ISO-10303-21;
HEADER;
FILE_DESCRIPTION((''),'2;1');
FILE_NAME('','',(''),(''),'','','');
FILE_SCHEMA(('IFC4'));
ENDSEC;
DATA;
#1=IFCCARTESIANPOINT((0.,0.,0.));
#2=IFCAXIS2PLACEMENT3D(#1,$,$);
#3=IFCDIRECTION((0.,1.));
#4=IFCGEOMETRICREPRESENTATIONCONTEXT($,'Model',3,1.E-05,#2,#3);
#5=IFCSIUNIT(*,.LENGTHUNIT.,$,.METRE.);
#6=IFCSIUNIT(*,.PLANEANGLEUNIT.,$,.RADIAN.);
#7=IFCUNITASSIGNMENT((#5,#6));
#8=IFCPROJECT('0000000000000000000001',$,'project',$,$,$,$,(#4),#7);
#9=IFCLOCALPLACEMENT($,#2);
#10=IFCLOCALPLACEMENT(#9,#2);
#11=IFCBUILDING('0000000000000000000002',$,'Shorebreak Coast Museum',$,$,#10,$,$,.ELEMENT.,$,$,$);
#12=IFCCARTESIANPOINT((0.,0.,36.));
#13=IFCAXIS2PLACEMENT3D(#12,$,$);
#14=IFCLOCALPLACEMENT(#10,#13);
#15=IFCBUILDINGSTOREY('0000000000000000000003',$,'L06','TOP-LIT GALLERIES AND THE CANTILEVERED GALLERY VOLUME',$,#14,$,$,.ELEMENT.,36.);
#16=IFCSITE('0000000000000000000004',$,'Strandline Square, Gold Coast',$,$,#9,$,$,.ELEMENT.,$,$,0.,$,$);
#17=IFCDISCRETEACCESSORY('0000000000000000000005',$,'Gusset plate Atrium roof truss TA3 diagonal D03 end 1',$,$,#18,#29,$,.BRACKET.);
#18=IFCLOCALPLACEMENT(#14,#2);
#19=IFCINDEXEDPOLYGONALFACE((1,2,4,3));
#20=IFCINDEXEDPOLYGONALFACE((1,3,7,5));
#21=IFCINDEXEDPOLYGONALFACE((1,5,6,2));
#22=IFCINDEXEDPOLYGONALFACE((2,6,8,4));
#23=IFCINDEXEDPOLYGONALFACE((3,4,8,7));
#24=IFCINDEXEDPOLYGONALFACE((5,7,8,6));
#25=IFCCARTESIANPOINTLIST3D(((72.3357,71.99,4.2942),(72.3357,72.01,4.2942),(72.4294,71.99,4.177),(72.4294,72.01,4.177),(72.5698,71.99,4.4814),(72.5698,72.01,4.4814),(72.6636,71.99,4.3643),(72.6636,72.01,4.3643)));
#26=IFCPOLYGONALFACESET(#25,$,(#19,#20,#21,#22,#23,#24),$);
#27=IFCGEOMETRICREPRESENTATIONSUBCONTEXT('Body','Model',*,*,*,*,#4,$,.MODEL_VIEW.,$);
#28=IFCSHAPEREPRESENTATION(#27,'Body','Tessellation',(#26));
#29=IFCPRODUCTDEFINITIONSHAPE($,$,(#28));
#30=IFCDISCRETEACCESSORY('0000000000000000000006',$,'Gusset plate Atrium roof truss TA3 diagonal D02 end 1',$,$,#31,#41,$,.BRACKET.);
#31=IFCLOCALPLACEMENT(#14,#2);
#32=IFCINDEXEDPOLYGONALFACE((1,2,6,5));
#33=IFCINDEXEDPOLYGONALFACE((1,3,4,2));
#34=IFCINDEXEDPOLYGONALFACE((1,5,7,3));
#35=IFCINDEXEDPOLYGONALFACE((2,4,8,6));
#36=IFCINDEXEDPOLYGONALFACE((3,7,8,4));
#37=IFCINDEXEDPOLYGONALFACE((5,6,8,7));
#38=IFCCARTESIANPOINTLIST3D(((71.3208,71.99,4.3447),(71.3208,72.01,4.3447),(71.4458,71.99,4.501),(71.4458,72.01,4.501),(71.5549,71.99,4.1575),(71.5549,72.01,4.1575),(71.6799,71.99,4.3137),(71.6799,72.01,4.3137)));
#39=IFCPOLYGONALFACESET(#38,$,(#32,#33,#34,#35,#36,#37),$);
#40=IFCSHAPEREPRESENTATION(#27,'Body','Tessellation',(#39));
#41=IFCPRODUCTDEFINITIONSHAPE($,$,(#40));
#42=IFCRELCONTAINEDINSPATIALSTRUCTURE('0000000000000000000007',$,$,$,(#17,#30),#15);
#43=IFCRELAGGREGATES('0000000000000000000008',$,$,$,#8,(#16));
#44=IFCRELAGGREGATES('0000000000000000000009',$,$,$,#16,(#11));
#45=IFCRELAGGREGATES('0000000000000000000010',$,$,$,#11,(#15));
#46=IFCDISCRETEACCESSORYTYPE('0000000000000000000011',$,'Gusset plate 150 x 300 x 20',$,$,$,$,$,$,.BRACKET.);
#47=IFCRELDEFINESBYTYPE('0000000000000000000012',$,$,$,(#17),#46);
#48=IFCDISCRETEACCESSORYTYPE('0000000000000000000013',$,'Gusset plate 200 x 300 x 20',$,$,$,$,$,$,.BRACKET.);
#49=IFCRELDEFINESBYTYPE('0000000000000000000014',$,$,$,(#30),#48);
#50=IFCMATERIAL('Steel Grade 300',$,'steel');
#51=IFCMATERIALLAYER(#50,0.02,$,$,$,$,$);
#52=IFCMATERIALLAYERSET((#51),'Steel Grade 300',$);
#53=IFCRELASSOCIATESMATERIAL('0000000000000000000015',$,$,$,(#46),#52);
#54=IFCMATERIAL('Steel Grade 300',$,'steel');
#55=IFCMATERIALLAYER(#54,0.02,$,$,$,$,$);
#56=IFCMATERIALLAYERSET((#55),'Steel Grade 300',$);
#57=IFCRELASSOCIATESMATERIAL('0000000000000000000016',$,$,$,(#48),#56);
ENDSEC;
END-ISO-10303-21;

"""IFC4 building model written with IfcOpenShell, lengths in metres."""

from ifc_helpers import new_model, si_unit, direction, frame, origin, place, context, subcontext, project, spatial, polyline, outline, extrude, material, layer, layer_set, type_object, element, save


model = new_model("IFC4")

# Units and contexts
model_context = context("Model", 3, precision=1e-05, world=origin(), true_north=direction((0.0, 1.0)))
body_context = subcontext(model_context, "Body", "Model", "MODEL_VIEW")
ifc_project = project(units=[si_unit("LENGTHUNIT", "METRE"), si_unit("PLANEANGLEUNIT", "RADIAN")], contexts=[model_context])

# Site, building, storey
site_placement = place(None, origin())
site = spatial("IfcSite", under=ifc_project, at=site_placement, Name="Strandline Square, Gold Coast", CompositionType="ELEMENT", RefElevation=0.0)
building_placement = place(site_placement, origin())
building = spatial("IfcBuilding", under=site, at=building_placement, Name="Shorebreak Coast Museum", CompositionType="ELEMENT")
storey_placement = place(building_placement, frame((0.0, 0.0, 36.0)))
storey = spatial("IfcBuildingStorey", under=building, at=storey_placement, Name="L06", Description="TOP-LIT GALLERIES AND THE CANTILEVERED GALLERY VOLUME", CompositionType="ELEMENT", Elevation=36.0)

# Discrete accessories
ifc_material_1 = material(Name="Steel Grade 300", Category="steel")
ifc_layer_1 = layer(ifc_material_1, 0.02)
ifc_layer_set_1 = layer_set([ifc_layer_1], Name="Steel Grade 300")
discrete_accessory_type_1 = type_object("IfcDiscreteAccessoryType", Name="Gusset plate 150 x 300 x 20", PredefinedType="BRACKET", material=ifc_layer_set_1)
discrete_accessory_1_placement = place(storey_placement, frame((72.3357, 71.99, 4.2942), z_axis=(0.0, -1.0, 0.0), x_axis=(0.624695, 0.0, -0.780869)))
element("IfcDiscreteAccessory", 1, at=discrete_accessory_1_placement, inside=storey, type_object=discrete_accessory_type_1, Name="Gusset plate Atrium roof truss TA3 diagonal D03 end 1", PredefinedType="BRACKET", context=body_context, shape_type="SweptSolid", body=[
    extrude(outline(polyline([(0.0, 0.0), (0.1501, 0.0), (0.1501, 0.2998), (0.0, 0.2998), (0.0, 0.0)])), origin(), (0.0, 0.0, -1.0), 0.02),
])
ifc_material_2 = material(Name="Steel Grade 300", Category="steel")
ifc_layer_2 = layer(ifc_material_2, 0.02)
ifc_layer_set_2 = layer_set([ifc_layer_2], Name="Steel Grade 300")
discrete_accessory_type_2 = type_object("IfcDiscreteAccessoryType", Name="Gusset plate 200 x 300 x 20", PredefinedType="BRACKET", material=ifc_layer_set_2)
discrete_accessory_2_placement = place(storey_placement, frame((71.5549, 71.99, 4.1575), z_axis=(0.0, -1.0, 0.0), x_axis=(0.624695, 0.0, 0.780869)))
element("IfcDiscreteAccessory", 2, at=discrete_accessory_2_placement, inside=storey, type_object=discrete_accessory_type_2, Name="Gusset plate Atrium roof truss TA3 diagonal D02 end 1", PredefinedType="BRACKET", context=body_context, shape_type="SweptSolid", body=[
    extrude(outline(polyline([(0.0, 0.0), (0.2001, 0.0), (0.2001, 0.2998), (0.0, 0.2998), (0.0, 0.0)])), origin(), (0.0, 0.0, -1.0), 0.02),
])

save(model, "model.ifc")
